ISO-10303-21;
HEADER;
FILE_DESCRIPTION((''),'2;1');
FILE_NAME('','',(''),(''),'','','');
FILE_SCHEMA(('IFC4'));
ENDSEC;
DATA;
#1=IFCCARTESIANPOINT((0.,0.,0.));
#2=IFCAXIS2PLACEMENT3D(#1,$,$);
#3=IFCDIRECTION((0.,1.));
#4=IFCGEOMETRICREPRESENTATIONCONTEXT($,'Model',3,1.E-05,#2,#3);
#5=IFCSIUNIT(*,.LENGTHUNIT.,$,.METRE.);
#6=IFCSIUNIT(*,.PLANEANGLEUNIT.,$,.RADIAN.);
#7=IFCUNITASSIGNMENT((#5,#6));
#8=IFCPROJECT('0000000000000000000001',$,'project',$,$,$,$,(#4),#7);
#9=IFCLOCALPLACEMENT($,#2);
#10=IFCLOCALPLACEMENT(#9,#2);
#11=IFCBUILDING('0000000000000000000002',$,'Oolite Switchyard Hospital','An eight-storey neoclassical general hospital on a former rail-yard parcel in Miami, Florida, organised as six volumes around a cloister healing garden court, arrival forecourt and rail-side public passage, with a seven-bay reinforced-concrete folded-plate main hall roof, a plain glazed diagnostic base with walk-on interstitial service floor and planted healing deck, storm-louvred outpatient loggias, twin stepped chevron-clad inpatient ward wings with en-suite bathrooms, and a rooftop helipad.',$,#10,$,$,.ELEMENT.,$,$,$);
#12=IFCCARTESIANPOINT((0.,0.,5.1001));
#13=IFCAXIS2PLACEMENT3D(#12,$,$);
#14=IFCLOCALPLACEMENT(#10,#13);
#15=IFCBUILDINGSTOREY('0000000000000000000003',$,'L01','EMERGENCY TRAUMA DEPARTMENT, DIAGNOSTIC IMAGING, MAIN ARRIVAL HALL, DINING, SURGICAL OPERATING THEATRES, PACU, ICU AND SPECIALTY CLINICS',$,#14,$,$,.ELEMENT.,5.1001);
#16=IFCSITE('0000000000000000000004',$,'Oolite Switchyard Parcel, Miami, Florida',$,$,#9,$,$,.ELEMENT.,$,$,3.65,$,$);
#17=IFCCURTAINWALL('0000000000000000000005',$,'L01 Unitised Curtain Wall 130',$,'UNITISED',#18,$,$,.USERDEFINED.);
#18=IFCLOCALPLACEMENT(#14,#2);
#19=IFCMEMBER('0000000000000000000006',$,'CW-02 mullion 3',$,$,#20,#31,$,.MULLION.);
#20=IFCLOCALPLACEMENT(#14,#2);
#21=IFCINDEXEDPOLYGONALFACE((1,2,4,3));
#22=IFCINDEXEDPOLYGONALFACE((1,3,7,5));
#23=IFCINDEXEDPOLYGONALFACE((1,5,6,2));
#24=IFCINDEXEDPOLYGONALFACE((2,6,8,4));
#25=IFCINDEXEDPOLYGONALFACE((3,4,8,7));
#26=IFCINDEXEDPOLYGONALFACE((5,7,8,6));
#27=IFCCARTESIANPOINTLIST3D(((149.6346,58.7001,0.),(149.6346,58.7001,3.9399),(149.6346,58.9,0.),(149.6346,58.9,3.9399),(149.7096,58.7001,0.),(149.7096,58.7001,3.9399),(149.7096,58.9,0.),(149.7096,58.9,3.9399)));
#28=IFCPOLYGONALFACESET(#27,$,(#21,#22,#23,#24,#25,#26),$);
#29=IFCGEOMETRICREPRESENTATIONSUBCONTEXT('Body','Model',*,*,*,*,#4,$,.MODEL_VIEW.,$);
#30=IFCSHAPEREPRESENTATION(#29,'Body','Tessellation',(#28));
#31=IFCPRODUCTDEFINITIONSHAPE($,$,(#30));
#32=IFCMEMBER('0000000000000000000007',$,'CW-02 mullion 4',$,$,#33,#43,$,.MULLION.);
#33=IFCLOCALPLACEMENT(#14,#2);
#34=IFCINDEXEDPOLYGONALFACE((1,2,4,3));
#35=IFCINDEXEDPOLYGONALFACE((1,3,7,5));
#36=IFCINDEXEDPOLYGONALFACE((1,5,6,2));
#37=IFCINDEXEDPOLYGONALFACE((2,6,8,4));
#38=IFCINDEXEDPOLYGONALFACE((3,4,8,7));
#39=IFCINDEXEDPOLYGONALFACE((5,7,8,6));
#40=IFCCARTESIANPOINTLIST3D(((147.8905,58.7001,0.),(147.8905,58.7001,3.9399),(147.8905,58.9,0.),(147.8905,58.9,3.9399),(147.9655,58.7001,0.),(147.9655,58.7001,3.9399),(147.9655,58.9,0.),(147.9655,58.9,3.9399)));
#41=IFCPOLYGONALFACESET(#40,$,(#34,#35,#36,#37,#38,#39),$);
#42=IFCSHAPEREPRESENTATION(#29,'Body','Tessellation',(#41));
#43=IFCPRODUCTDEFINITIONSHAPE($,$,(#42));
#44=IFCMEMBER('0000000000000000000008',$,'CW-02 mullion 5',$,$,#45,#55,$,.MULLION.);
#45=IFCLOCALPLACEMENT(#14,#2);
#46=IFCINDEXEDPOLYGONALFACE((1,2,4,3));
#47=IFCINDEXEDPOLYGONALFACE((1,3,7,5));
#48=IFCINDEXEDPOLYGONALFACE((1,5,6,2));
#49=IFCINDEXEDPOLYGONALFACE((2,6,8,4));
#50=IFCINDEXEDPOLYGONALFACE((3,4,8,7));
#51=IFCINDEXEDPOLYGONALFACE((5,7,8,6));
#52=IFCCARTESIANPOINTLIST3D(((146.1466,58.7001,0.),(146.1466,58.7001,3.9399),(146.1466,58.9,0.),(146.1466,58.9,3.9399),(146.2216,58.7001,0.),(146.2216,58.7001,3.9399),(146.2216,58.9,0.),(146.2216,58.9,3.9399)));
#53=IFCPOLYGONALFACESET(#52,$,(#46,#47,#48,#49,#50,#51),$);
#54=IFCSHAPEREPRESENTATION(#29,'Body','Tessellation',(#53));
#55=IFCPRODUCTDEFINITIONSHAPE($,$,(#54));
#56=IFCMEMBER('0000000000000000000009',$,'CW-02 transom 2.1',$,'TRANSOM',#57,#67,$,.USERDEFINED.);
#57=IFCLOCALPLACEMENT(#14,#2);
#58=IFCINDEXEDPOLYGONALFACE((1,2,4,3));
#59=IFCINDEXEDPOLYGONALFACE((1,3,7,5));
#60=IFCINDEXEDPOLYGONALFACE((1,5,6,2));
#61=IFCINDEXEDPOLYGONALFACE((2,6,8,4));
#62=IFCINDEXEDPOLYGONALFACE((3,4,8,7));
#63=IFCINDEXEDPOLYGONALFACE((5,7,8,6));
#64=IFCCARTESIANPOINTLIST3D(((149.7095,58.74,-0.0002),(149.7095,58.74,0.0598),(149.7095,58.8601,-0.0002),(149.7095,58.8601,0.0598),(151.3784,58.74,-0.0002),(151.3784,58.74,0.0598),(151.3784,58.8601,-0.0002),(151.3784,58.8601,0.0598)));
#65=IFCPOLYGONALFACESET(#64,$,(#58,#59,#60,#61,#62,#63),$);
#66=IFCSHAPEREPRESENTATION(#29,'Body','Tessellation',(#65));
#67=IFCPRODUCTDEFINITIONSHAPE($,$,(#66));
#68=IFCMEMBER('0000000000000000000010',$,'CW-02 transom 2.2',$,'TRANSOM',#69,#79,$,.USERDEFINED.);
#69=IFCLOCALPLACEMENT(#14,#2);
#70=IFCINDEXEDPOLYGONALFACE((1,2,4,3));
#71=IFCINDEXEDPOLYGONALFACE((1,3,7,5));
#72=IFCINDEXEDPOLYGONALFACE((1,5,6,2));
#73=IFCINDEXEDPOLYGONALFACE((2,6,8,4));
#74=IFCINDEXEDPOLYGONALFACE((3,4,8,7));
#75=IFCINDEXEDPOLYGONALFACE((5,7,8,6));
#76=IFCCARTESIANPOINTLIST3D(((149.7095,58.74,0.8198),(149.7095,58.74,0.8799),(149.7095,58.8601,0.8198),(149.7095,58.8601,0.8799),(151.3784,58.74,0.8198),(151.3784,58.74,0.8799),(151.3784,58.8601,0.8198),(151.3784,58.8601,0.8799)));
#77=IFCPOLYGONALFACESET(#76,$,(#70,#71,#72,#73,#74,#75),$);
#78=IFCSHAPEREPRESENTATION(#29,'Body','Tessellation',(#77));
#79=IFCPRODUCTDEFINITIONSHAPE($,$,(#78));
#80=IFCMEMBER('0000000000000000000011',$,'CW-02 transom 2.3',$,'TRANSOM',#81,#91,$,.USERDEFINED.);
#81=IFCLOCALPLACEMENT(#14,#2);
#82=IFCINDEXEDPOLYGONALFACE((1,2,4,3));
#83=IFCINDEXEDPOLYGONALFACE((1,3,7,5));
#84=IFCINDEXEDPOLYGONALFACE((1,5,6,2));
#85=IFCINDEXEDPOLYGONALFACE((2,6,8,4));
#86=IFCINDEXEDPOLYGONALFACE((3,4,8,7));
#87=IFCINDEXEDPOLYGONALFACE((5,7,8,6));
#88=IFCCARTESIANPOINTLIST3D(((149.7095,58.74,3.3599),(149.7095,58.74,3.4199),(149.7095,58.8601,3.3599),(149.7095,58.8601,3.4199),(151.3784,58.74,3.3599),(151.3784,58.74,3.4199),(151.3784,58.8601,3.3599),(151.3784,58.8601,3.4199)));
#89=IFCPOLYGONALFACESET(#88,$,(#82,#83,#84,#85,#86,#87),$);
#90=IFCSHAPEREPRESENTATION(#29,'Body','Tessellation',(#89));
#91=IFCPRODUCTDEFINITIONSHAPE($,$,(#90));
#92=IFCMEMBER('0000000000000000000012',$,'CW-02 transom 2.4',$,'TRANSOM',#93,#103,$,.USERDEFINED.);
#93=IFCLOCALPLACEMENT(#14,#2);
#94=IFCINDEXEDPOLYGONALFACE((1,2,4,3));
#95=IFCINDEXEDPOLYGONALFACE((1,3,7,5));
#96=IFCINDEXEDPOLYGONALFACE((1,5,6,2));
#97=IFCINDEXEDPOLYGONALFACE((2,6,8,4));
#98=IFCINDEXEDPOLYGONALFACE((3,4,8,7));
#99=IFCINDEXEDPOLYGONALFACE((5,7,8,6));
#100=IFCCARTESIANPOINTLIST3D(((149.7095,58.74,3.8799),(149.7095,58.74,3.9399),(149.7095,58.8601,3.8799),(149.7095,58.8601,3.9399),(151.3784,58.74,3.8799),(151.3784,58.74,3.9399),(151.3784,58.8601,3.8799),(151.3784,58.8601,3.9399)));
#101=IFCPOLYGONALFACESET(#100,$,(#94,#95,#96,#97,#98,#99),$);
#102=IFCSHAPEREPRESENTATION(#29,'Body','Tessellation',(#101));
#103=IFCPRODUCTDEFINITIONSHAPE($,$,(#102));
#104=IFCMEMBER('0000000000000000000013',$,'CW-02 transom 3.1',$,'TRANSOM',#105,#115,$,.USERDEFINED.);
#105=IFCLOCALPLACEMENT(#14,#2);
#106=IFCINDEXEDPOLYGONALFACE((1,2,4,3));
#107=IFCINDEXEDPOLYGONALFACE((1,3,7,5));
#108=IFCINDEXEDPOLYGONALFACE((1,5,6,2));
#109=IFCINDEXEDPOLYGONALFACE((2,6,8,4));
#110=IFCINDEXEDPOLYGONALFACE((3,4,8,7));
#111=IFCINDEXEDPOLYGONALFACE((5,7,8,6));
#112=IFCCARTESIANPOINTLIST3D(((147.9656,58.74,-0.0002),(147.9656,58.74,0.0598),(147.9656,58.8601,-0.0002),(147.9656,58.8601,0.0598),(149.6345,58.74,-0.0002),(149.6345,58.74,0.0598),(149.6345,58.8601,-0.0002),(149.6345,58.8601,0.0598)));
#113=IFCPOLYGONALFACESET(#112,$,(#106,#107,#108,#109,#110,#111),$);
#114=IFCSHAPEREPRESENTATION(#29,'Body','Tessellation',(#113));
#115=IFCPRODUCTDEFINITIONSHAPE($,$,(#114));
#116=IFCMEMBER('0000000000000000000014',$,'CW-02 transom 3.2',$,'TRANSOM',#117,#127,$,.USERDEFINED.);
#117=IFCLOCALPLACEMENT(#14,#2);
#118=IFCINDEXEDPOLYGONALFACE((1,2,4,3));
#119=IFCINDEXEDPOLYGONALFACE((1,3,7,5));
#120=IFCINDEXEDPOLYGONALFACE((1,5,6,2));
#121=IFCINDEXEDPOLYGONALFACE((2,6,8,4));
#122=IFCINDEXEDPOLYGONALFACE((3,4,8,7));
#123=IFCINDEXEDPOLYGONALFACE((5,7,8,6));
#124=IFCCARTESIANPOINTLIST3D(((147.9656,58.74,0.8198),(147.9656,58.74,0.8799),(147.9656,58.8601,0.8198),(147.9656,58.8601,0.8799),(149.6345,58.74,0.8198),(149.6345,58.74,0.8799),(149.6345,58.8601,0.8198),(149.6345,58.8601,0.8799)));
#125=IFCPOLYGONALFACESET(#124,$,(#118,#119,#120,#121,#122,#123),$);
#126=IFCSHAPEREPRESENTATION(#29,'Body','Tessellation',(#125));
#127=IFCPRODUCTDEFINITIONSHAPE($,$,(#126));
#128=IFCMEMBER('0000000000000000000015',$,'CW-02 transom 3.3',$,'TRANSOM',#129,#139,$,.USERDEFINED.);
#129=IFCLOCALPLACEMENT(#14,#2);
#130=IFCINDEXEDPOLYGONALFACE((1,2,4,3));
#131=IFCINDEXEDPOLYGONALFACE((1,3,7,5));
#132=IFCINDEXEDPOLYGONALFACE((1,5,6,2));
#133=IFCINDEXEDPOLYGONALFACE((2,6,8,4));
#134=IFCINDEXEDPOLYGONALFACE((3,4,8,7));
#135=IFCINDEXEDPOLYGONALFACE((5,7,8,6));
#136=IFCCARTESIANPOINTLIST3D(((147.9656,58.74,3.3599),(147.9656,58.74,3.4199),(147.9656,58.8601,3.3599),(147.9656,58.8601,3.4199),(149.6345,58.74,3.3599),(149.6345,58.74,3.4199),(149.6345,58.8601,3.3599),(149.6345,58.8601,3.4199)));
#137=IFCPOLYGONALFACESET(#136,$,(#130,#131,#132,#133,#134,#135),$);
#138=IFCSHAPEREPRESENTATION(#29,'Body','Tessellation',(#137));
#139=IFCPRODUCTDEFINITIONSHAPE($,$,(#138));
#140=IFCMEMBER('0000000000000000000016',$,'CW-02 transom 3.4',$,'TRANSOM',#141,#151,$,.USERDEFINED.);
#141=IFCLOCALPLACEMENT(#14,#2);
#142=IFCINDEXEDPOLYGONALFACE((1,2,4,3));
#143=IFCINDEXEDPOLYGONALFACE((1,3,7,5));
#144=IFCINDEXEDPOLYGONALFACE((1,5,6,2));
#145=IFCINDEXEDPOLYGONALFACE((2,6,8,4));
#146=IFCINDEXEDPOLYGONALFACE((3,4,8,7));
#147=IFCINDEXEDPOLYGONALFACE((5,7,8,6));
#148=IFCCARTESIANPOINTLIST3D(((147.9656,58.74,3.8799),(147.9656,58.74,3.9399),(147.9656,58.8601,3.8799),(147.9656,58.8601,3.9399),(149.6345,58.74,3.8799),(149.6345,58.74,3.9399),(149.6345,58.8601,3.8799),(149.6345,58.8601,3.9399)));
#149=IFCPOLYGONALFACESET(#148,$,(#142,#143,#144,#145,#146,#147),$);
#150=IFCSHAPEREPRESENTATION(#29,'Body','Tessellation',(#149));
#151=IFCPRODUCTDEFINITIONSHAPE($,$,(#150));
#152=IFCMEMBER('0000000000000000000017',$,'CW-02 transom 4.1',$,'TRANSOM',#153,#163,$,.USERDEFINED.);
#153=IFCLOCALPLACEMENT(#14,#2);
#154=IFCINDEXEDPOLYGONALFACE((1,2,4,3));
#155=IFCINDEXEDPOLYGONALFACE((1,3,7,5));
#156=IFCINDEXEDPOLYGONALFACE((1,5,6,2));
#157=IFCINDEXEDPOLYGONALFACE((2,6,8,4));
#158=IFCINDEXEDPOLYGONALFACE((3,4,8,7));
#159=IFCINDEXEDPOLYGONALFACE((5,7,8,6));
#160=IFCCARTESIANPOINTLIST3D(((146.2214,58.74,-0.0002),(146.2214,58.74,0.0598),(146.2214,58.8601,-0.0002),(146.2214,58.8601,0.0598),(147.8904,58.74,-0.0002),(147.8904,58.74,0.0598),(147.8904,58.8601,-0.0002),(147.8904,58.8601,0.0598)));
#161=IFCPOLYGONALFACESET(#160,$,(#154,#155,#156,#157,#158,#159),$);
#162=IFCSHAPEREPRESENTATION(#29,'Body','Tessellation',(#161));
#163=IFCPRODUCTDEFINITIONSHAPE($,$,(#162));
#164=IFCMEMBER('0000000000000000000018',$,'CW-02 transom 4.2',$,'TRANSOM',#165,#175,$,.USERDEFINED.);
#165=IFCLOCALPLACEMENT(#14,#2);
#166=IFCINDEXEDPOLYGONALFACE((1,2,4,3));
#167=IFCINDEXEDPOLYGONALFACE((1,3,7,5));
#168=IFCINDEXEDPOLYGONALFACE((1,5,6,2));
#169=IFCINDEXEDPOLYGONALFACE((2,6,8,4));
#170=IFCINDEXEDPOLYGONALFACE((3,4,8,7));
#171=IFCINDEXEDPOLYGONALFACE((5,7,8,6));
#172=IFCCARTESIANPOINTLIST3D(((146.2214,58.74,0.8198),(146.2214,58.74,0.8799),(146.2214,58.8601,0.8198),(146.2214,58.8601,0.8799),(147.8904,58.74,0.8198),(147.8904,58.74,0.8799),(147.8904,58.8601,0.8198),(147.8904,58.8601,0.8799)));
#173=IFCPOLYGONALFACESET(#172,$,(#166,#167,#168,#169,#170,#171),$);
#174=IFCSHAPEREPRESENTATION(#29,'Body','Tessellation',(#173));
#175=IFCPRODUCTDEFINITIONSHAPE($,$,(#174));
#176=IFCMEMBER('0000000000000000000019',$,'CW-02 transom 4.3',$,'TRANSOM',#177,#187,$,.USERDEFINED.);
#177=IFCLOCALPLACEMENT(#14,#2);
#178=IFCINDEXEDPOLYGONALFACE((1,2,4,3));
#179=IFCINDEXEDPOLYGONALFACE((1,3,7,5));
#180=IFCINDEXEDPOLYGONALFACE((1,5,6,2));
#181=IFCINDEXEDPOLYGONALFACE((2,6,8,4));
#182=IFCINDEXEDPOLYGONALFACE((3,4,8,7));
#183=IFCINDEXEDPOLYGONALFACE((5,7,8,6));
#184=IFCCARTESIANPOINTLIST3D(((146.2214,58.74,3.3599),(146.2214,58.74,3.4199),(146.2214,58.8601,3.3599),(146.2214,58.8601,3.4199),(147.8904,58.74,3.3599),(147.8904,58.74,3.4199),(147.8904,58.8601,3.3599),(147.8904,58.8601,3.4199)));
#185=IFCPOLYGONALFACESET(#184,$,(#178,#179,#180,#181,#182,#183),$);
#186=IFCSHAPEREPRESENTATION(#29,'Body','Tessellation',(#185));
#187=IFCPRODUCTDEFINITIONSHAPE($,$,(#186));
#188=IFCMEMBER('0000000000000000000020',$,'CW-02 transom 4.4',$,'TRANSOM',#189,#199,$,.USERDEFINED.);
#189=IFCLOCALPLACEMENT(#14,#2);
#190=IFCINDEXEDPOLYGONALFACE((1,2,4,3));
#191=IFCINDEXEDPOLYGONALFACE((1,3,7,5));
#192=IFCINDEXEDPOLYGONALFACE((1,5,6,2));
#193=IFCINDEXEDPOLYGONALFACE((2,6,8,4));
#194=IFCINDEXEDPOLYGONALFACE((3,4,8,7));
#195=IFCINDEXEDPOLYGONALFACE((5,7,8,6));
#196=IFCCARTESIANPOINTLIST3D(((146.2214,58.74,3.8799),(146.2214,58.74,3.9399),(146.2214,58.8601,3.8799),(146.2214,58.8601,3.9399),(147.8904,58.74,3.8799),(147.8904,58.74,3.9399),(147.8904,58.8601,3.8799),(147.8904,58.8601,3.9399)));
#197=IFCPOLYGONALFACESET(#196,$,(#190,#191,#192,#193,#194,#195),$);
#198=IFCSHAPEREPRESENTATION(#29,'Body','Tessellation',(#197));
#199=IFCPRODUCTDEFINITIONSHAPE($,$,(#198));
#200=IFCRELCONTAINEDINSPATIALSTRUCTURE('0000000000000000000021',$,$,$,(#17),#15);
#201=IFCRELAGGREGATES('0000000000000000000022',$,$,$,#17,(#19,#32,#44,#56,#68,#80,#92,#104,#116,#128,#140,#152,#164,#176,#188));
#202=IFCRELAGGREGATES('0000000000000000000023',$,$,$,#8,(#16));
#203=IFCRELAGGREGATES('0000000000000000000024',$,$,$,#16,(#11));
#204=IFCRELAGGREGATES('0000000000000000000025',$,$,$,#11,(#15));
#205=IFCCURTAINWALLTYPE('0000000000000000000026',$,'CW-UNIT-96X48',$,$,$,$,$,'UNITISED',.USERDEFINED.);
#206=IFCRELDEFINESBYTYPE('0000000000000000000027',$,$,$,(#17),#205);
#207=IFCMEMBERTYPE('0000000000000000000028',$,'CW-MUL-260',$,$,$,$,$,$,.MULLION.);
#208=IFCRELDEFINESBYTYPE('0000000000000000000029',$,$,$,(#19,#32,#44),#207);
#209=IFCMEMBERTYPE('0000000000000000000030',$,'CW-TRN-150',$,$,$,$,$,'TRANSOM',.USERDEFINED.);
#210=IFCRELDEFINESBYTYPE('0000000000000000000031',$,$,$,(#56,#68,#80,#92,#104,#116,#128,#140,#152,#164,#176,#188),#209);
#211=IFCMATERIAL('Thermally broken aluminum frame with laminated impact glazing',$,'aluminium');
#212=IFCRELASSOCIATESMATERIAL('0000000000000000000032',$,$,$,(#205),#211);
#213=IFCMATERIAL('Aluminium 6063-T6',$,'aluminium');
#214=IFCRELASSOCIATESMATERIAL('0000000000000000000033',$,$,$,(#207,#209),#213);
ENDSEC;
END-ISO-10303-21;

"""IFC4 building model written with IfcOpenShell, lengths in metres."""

from ifc_helpers import new_model, si_unit, direction, frame, origin, origin_2d, place, context, subcontext, project, spatial, rectangle, extrude, material, material_profile, profile_set, type_object, element, aggregate, save


model = new_model("IFC4")

# Units and contexts
model_context = context("Model", 3, precision=1e-05, world=origin(), true_north=direction((0.0, 1.0)))
body_context = subcontext(model_context, "Body", "Model", "MODEL_VIEW")
ifc_project = project(units=[si_unit("LENGTHUNIT", "METRE"), si_unit("PLANEANGLEUNIT", "RADIAN")], contexts=[model_context])

# Site, building, storey
site_placement = place(None, origin())
site = spatial("IfcSite", under=ifc_project, at=site_placement, Name="Oolite Switchyard Parcel, Miami, Florida", CompositionType="ELEMENT", RefElevation=3.65)
building_placement = place(site_placement, origin())
building = spatial("IfcBuilding", under=site, at=building_placement, Name="Oolite Switchyard Hospital", Description="An eight-storey neoclassical general hospital on a former rail-yard parcel in Miami, Florida, organised as six volumes around a cloister healing garden court, arrival forecourt and rail-side public passage, with a seven-bay reinforced-concrete folded-plate main hall roof, a plain glazed diagnostic base with walk-on interstitial service floor and planted healing deck, storm-louvred outpatient loggias, twin stepped chevron-clad inpatient ward wings with en-suite bathrooms, and a rooftop helipad.", CompositionType="ELEMENT")
storey_placement = place(building_placement, frame((0.0, 0.0, 5.1001)))
storey = spatial("IfcBuildingStorey", under=building, at=storey_placement, Name="L01", Description="EMERGENCY TRAUMA DEPARTMENT, DIAGNOSTIC IMAGING, MAIN ARRIVAL HALL, DINING, SURGICAL OPERATING THEATRES, PACU, ICU AND SPECIALTY CLINICS", CompositionType="ELEMENT", Elevation=5.1001)

# Curtain wall, members
ifc_material_1 = material(Name="Thermally broken aluminum frame with laminated impact glazing", Category="aluminium")
curtain_wall_type = type_object("IfcCurtainWallType", Name="CW-UNIT-96X48", ElementType="UNITISED", PredefinedType="USERDEFINED", material=ifc_material_1)
curtain_wall_placement = place(storey_placement, origin())
curtain_wall = element("IfcCurtainWall", 1, at=curtain_wall_placement, inside=storey, type_object=curtain_wall_type, Name="L01 Unitised Curtain Wall 130", ObjectType="UNITISED", PredefinedType="USERDEFINED")
ifc_material_2 = material(Name="Aluminium 6063-T6", Category="aluminium")
ifc_material_profile_1 = material_profile(ifc_material_2, rectangle(XDim=0.2, YDim=0.075, at=origin_2d()), Name="CWM75X200")
ifc_profile_set_1 = profile_set([ifc_material_profile_1], Name="Aluminium 6063-T6")
member_type_1 = type_object("IfcMemberType", Name="CW-MUL-260", PredefinedType="MULLION", material=ifc_profile_set_1)
member_1_placement = place(storey_placement, frame((149.6721, 58.8, 0.0), z_axis=(0.0, 0.0, 1.0), x_axis=(0.0, -1.0, 0.0)))
member_1 = element("IfcMember", 2, at=member_1_placement, type_object=member_type_1, Name="CW-02 mullion 3", PredefinedType="MULLION", context=body_context, shape_type="SweptSolid", body=[
    extrude(rectangle(XDim=0.2, YDim=0.075, at=origin_2d()), origin(), (0.0, 0.0, 1.0), 3.9399),
])
member_2_placement = place(storey_placement, frame((147.928, 58.8, 0.0), z_axis=(0.0, 0.0, 1.0), x_axis=(0.0, -1.0, 0.0)))
member_2 = element("IfcMember", 3, at=member_2_placement, type_object=member_type_1, Name="CW-02 mullion 4", PredefinedType="MULLION", context=body_context, shape_type="SweptSolid", body=[
    extrude(rectangle(XDim=0.2, YDim=0.075, at=origin_2d()), origin(), (0.0, 0.0, 1.0), 3.9399),
])
member_3_placement = place(storey_placement, frame((146.1841, 58.8, 0.0), z_axis=(0.0, 0.0, 1.0), x_axis=(0.0, -1.0, 0.0)))
member_3 = element("IfcMember", 4, at=member_3_placement, type_object=member_type_1, Name="CW-02 mullion 5", PredefinedType="MULLION", context=body_context, shape_type="SweptSolid", body=[
    extrude(rectangle(XDim=0.2, YDim=0.075, at=origin_2d()), origin(), (0.0, 0.0, 1.0), 3.9399),
])
ifc_material_profile_2 = material_profile(ifc_material_2, rectangle(XDim=0.1201, YDim=0.0601, at=origin_2d()), Name="CWT60X120")
ifc_profile_set_2 = profile_set([ifc_material_profile_2], Name="Aluminium 6063-T6")
member_type_2 = type_object("IfcMemberType", Name="CW-TRN-150", ElementType="TRANSOM", PredefinedType="USERDEFINED", material=ifc_profile_set_2)
member_4_placement = place(storey_placement, frame((151.3784, 58.8, 0.0298), z_axis=(-1.0, 0.0, 0.0), x_axis=(0.0, -1.0, 0.0)))
member_4 = element("IfcMember", 5, at=member_4_placement, type_object=member_type_2, Name="CW-02 transom 2.1", ObjectType="TRANSOM", PredefinedType="USERDEFINED", context=body_context, shape_type="SweptSolid", body=[
    extrude(rectangle(XDim=0.1201, YDim=0.0601, at=origin_2d()), origin(), (0.0, 0.0, 1.0), 1.6689),
])
member_5_placement = place(storey_placement, frame((151.3784, 58.8, 0.8499), z_axis=(-1.0, 0.0, 0.0), x_axis=(0.0, -1.0, 0.0)))
member_5 = element("IfcMember", 6, at=member_5_placement, type_object=member_type_2, Name="CW-02 transom 2.2", ObjectType="TRANSOM", PredefinedType="USERDEFINED", context=body_context, shape_type="SweptSolid", body=[
    extrude(rectangle(XDim=0.1201, YDim=0.0601, at=origin_2d()), origin(), (0.0, 0.0, 1.0), 1.6689),
])
member_6_placement = place(storey_placement, frame((151.3784, 58.8, 3.3899), z_axis=(-1.0, 0.0, 0.0), x_axis=(0.0, -1.0, 0.0)))
member_6 = element("IfcMember", 7, at=member_6_placement, type_object=member_type_2, Name="CW-02 transom 2.3", ObjectType="TRANSOM", PredefinedType="USERDEFINED", context=body_context, shape_type="SweptSolid", body=[
    extrude(rectangle(XDim=0.1201, YDim=0.0601, at=origin_2d()), origin(), (0.0, 0.0, 1.0), 1.6689),
])
member_7_placement = place(storey_placement, frame((151.3784, 58.8, 3.9099), z_axis=(-1.0, 0.0, 0.0), x_axis=(0.0, -1.0, 0.0)))
member_7 = element("IfcMember", 8, at=member_7_placement, type_object=member_type_2, Name="CW-02 transom 2.4", ObjectType="TRANSOM", PredefinedType="USERDEFINED", context=body_context, shape_type="SweptSolid", body=[
    extrude(rectangle(XDim=0.1201, YDim=0.0601, at=origin_2d()), origin(), (0.0, 0.0, 1.0), 1.6689),
])
member_8_placement = place(storey_placement, frame((149.6345, 58.8, 0.0298), z_axis=(-1.0, 0.0, 0.0), x_axis=(0.0, -1.0, 0.0)))
member_8 = element("IfcMember", 9, at=member_8_placement, type_object=member_type_2, Name="CW-02 transom 3.1", ObjectType="TRANSOM", PredefinedType="USERDEFINED", context=body_context, shape_type="SweptSolid", body=[
    extrude(rectangle(XDim=0.1201, YDim=0.0601, at=origin_2d()), origin(), (0.0, 0.0, 1.0), 1.6689),
])
member_9_placement = place(storey_placement, frame((149.6345, 58.8, 0.8499), z_axis=(-1.0, 0.0, 0.0), x_axis=(0.0, -1.0, 0.0)))
member_9 = element("IfcMember", 10, at=member_9_placement, type_object=member_type_2, Name="CW-02 transom 3.2", ObjectType="TRANSOM", PredefinedType="USERDEFINED", context=body_context, shape_type="SweptSolid", body=[
    extrude(rectangle(XDim=0.1201, YDim=0.0601, at=origin_2d()), origin(), (0.0, 0.0, 1.0), 1.6689),
])
member_10_placement = place(storey_placement, frame((149.6345, 58.8, 3.3899), z_axis=(-1.0, 0.0, 0.0), x_axis=(0.0, -1.0, 0.0)))
member_10 = element("IfcMember", 11, at=member_10_placement, type_object=member_type_2, Name="CW-02 transom 3.3", ObjectType="TRANSOM", PredefinedType="USERDEFINED", context=body_context, shape_type="SweptSolid", body=[
    extrude(rectangle(XDim=0.1201, YDim=0.0601, at=origin_2d()), origin(), (0.0, 0.0, 1.0), 1.6689),
])
member_11_placement = place(storey_placement, frame((149.6345, 58.8, 3.9099), z_axis=(-1.0, 0.0, 0.0), x_axis=(0.0, -1.0, 0.0)))
member_11 = element("IfcMember", 12, at=member_11_placement, type_object=member_type_2, Name="CW-02 transom 3.4", ObjectType="TRANSOM", PredefinedType="USERDEFINED", context=body_context, shape_type="SweptSolid", body=[
    extrude(rectangle(XDim=0.1201, YDim=0.0601, at=origin_2d()), origin(), (0.0, 0.0, 1.0), 1.6689),
])
member_12_placement = place(storey_placement, frame((147.8904, 58.8, 0.0298), z_axis=(-1.0, 0.0, 0.0), x_axis=(0.0, -1.0, 0.0)))
member_12 = element("IfcMember", 13, at=member_12_placement, type_object=member_type_2, Name="CW-02 transom 4.1", ObjectType="TRANSOM", PredefinedType="USERDEFINED", context=body_context, shape_type="SweptSolid", body=[
    extrude(rectangle(XDim=0.1201, YDim=0.0601, at=origin_2d()), origin(), (0.0, 0.0, 1.0), 1.6689),
])
member_13_placement = place(storey_placement, frame((147.8904, 58.8, 0.8499), z_axis=(-1.0, 0.0, 0.0), x_axis=(0.0, -1.0, 0.0)))
member_13 = element("IfcMember", 14, at=member_13_placement, type_object=member_type_2, Name="CW-02 transom 4.2", ObjectType="TRANSOM", PredefinedType="USERDEFINED", context=body_context, shape_type="SweptSolid", body=[
    extrude(rectangle(XDim=0.1201, YDim=0.0601, at=origin_2d()), origin(), (0.0, 0.0, 1.0), 1.6689),
])
member_14_placement = place(storey_placement, frame((147.8904, 58.8, 3.3899), z_axis=(-1.0, 0.0, 0.0), x_axis=(0.0, -1.0, 0.0)))
member_14 = element("IfcMember", 15, at=member_14_placement, type_object=member_type_2, Name="CW-02 transom 4.3", ObjectType="TRANSOM", PredefinedType="USERDEFINED", context=body_context, shape_type="SweptSolid", body=[
    extrude(rectangle(XDim=0.1201, YDim=0.0601, at=origin_2d()), origin(), (0.0, 0.0, 1.0), 1.6689),
])
member_15_placement = place(storey_placement, frame((147.8904, 58.8, 3.9099), z_axis=(-1.0, 0.0, 0.0), x_axis=(0.0, -1.0, 0.0)))
member_15 = element("IfcMember", 16, at=member_15_placement, type_object=member_type_2, Name="CW-02 transom 4.4", ObjectType="TRANSOM", PredefinedType="USERDEFINED", context=body_context, shape_type="SweptSolid", body=[
    extrude(rectangle(XDim=0.1201, YDim=0.0601, at=origin_2d()), origin(), (0.0, 0.0, 1.0), 1.6689),
])
aggregate(curtain_wall, [member_1, member_2, member_3, member_4, member_5, member_6, member_7, member_8, member_9, member_10, member_11, member_12, member_13, member_14, member_15])

save(model, "model.ifc")
